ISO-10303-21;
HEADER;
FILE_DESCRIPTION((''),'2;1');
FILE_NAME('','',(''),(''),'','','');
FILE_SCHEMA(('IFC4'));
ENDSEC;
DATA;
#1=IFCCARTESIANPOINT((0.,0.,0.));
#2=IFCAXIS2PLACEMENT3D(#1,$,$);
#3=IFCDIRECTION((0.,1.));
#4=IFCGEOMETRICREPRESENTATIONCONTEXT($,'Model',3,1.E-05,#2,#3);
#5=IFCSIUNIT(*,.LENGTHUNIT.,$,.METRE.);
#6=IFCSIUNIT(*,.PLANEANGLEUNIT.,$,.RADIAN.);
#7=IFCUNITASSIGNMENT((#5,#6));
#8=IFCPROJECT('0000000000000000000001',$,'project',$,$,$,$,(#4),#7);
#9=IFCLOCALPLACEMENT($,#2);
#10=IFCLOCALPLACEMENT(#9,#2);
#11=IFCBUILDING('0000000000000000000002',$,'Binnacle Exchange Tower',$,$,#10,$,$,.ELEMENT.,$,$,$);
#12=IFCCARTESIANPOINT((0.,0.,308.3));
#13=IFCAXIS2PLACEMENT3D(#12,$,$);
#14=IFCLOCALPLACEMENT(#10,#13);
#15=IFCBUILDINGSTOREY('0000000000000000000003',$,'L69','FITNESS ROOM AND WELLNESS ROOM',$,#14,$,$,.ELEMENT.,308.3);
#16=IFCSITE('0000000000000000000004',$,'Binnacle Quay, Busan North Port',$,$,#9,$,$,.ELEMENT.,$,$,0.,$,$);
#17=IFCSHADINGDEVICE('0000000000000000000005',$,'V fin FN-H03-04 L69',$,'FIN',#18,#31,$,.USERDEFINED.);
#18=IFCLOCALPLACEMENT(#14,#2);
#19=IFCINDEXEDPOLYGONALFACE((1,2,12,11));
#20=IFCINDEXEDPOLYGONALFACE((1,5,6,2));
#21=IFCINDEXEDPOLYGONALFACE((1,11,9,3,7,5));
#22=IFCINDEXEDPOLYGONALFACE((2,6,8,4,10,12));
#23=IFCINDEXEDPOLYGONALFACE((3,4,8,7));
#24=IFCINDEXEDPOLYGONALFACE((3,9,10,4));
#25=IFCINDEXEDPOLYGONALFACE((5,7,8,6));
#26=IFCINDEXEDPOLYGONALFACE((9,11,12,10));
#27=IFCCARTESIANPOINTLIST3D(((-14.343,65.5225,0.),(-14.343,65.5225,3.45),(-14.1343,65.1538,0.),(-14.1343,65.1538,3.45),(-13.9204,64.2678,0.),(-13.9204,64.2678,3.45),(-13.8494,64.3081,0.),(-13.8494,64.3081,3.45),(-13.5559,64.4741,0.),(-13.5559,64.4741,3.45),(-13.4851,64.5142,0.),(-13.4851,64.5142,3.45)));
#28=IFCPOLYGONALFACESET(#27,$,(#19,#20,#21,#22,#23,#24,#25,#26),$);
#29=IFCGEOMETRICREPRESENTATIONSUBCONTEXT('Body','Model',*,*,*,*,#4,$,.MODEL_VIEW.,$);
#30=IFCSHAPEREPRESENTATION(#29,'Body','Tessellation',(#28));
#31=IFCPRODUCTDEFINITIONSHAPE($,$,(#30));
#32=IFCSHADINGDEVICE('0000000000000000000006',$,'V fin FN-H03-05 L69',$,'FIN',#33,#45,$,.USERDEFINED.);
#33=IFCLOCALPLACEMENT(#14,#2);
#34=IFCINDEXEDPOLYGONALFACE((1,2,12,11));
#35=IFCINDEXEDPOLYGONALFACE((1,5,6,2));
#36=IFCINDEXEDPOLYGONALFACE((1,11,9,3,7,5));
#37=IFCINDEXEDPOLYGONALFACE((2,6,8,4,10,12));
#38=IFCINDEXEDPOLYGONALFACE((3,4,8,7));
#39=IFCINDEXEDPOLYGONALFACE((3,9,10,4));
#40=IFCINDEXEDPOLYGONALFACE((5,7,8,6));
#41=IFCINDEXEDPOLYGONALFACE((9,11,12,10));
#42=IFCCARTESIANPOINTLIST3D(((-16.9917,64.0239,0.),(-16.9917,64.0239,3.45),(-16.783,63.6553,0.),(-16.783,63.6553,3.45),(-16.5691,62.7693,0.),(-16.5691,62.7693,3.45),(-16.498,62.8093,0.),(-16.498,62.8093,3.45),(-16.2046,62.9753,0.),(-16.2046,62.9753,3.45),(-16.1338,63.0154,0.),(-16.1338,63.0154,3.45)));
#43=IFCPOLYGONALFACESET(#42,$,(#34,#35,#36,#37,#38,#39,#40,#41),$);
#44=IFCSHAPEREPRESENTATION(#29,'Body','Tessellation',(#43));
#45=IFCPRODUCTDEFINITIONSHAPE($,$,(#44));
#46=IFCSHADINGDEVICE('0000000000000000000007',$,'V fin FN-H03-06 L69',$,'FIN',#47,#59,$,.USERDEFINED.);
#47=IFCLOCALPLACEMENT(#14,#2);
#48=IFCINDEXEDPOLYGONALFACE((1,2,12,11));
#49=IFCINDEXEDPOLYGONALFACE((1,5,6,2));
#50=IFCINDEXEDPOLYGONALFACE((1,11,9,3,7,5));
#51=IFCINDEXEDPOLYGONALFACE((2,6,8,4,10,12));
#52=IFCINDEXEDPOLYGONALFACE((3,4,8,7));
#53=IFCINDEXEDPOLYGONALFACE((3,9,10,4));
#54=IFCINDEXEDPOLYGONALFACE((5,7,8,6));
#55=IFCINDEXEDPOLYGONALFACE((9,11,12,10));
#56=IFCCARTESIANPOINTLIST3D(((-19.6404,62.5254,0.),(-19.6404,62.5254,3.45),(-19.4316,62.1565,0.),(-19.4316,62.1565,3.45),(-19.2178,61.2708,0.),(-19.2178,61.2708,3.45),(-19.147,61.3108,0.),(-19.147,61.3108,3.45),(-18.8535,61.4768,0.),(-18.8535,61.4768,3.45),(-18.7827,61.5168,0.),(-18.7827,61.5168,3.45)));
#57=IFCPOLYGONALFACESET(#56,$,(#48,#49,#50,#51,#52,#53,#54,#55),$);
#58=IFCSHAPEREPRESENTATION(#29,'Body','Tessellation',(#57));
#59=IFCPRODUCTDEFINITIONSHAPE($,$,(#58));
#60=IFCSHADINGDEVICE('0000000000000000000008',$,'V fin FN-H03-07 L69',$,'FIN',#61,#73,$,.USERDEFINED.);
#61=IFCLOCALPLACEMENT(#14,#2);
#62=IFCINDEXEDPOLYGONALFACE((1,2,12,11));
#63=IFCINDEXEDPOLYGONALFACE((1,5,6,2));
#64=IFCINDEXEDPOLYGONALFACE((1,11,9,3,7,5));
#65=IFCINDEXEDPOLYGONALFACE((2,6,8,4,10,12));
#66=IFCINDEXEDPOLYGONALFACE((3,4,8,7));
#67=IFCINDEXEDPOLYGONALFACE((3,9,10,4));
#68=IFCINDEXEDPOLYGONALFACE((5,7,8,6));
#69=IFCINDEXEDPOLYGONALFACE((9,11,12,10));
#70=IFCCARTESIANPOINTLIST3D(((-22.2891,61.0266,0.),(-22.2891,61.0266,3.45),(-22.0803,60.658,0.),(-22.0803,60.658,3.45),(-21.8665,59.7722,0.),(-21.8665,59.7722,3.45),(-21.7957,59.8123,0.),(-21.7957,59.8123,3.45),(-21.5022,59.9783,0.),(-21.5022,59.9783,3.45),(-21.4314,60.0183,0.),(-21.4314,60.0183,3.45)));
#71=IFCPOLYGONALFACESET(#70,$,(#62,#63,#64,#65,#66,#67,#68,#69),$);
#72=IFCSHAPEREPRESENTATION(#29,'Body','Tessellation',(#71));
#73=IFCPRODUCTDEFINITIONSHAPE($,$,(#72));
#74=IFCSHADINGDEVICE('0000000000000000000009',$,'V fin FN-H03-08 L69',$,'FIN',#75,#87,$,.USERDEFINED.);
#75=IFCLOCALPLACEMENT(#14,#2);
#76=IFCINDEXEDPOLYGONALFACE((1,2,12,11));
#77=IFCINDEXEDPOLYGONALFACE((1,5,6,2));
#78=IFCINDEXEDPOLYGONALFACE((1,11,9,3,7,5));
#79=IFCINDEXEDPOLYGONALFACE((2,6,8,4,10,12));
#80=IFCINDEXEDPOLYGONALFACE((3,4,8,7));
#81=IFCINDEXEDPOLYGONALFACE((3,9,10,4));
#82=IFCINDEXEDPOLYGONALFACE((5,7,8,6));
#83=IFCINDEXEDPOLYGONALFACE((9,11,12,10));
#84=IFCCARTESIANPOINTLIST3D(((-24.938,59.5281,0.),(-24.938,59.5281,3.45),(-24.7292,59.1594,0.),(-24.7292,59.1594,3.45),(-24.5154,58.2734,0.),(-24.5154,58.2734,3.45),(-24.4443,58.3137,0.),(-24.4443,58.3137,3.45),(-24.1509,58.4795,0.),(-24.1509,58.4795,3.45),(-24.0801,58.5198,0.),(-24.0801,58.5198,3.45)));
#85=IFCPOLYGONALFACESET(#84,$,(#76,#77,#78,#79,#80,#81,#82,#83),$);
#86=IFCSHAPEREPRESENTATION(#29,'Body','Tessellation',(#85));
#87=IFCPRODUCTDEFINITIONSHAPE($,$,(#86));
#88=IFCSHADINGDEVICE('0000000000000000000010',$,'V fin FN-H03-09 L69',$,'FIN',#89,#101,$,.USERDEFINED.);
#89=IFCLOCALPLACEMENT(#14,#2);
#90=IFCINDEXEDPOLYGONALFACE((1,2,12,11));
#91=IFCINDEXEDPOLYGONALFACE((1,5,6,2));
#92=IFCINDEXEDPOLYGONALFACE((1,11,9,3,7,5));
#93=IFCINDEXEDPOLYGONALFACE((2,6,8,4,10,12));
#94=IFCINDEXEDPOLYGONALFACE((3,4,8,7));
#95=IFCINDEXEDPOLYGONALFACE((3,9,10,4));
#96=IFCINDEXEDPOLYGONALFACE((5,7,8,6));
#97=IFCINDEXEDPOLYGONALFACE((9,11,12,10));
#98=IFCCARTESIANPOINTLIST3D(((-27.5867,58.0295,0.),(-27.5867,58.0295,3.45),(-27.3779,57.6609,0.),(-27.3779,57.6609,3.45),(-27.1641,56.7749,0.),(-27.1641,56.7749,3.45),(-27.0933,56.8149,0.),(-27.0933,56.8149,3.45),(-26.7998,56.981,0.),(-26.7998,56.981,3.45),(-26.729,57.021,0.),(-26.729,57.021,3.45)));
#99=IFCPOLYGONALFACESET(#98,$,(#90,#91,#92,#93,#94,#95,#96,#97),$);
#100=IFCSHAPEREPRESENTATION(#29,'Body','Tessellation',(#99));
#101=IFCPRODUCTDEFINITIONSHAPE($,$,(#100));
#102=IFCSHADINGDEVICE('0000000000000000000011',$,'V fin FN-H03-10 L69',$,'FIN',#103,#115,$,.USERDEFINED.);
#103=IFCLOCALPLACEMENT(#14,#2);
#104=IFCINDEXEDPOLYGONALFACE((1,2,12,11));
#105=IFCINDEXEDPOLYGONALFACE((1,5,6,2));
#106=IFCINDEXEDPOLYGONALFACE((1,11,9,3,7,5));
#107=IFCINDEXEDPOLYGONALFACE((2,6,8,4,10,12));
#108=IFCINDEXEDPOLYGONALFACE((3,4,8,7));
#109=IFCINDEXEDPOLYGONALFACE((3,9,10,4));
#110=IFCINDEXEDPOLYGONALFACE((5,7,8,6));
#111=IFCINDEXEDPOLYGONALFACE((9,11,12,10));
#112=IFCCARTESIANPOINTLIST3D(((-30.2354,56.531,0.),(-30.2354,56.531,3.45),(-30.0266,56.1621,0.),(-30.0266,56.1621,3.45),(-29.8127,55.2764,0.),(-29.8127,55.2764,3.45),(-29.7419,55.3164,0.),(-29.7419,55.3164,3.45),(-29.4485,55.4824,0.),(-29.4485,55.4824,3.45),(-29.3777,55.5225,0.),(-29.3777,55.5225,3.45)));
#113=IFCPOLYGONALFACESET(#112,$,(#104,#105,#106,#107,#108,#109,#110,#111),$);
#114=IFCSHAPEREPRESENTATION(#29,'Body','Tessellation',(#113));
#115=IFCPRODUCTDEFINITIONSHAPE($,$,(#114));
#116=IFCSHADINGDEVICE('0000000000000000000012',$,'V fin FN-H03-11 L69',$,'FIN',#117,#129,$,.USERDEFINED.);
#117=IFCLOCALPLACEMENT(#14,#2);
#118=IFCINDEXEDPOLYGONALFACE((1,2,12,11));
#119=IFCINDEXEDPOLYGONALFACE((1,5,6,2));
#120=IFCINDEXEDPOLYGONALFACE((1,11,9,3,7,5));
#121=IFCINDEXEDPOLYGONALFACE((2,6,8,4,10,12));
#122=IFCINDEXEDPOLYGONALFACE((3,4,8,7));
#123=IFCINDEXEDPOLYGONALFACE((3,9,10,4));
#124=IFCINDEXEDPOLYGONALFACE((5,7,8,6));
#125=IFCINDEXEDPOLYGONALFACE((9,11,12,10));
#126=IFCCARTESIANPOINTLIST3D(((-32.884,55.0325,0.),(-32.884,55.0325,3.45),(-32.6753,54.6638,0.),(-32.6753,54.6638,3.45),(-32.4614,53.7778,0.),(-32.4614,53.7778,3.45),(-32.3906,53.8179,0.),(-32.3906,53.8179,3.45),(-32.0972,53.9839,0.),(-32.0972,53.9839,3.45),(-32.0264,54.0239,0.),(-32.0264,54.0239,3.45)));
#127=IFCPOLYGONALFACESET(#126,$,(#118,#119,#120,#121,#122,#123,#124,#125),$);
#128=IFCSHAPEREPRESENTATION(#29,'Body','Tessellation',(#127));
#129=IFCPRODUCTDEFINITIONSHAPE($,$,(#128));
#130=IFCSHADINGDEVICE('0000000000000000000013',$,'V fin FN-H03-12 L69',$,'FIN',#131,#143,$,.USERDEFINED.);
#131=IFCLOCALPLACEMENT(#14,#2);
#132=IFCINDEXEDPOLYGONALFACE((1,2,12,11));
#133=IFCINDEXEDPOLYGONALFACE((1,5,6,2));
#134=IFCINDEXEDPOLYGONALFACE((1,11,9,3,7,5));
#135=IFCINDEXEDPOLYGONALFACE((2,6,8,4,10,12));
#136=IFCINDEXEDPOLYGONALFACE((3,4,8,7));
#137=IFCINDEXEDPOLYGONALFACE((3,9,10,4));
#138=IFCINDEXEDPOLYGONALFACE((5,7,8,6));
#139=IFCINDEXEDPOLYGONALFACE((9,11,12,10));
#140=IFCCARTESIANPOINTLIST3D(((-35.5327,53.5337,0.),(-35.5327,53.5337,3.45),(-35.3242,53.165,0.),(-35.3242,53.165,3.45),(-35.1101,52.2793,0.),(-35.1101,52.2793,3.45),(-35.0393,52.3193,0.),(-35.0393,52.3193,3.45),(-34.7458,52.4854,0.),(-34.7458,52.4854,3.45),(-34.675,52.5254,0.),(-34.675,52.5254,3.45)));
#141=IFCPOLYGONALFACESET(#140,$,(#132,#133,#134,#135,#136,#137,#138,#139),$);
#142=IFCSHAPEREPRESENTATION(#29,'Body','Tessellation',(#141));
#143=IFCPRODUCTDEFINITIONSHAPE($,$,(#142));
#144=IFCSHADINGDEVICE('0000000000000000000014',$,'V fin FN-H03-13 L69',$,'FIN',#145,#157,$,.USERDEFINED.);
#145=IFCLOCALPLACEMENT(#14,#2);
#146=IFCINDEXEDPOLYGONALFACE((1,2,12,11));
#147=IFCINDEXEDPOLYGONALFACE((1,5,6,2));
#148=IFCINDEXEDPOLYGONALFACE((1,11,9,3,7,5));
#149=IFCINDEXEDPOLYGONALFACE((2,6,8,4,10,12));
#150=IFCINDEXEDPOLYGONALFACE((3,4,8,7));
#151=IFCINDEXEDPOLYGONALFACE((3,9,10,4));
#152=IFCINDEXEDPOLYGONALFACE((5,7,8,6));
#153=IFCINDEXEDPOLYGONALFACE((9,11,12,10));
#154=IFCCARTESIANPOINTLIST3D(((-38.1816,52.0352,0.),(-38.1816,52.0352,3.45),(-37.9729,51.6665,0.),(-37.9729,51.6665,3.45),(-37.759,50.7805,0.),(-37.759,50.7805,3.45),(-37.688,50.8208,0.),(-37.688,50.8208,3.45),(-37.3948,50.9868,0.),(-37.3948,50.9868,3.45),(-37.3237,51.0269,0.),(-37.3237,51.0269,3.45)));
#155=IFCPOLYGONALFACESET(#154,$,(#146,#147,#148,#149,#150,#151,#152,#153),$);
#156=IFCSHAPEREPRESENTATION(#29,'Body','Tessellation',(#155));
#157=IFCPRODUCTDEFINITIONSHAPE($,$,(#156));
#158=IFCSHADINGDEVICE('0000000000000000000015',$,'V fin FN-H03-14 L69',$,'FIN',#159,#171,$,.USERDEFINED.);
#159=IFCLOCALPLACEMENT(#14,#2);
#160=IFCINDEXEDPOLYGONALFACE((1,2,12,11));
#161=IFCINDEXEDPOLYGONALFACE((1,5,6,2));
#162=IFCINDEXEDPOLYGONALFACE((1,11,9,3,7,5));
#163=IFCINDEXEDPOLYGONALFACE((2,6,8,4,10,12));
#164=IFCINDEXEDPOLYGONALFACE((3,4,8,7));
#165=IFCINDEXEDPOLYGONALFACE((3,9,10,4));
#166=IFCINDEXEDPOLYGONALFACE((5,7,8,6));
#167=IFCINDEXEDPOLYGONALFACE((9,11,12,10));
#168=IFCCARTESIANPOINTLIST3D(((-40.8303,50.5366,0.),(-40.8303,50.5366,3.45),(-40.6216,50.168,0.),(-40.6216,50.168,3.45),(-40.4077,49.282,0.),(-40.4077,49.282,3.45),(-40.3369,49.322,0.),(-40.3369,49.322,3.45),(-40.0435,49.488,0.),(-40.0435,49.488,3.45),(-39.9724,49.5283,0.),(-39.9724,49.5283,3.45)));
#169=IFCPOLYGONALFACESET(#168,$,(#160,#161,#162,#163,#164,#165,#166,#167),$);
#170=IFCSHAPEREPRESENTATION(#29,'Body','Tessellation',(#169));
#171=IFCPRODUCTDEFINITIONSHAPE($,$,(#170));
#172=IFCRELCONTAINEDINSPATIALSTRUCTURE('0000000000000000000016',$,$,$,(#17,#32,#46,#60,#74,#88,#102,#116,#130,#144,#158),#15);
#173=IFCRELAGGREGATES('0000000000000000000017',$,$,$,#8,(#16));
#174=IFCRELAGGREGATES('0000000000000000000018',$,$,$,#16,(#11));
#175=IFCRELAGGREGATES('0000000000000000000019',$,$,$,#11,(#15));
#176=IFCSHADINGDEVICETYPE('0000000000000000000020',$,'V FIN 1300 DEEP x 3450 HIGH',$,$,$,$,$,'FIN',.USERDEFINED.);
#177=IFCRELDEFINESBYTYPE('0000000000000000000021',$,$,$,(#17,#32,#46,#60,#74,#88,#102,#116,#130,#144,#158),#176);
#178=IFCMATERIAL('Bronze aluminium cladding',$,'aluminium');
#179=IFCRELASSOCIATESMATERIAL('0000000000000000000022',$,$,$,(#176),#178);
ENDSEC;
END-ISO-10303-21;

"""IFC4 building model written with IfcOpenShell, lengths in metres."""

from ifc_helpers import new_model, si_unit, direction, frame, origin, place, context, subcontext, project, spatial, polyline, outline, extrude, material, type_object, element, save


model = new_model("IFC4")

# Units and contexts
model_context = context("Model", 3, precision=1e-05, world=origin(), true_north=direction((0.0, 1.0)))
body_context = subcontext(model_context, "Body", "Model", "MODEL_VIEW")
ifc_project = project(units=[si_unit("LENGTHUNIT", "METRE"), si_unit("PLANEANGLEUNIT", "RADIAN")], contexts=[model_context])

# Site, building, storey
site_placement = place(None, origin())
site = spatial("IfcSite", under=ifc_project, at=site_placement, Name="Binnacle Quay, Busan North Port", CompositionType="ELEMENT", RefElevation=0.0)
building_placement = place(site_placement, origin())
building = spatial("IfcBuilding", under=site, at=building_placement, Name="Binnacle Exchange Tower", CompositionType="ELEMENT")
storey_placement = place(building_placement, frame((0.0, 0.0, 308.3)))
storey = spatial("IfcBuildingStorey", under=building, at=storey_placement, Name="L69", Description="FITNESS ROOM AND WELLNESS ROOM", CompositionType="ELEMENT", Elevation=308.3)

# Shading devices
ifc_material_1 = material(Name="Bronze aluminium cladding", Category="aluminium")
shading_device_type = type_object("IfcShadingDeviceType", Name="V FIN 1300 DEEP x 3450 HIGH", ElementType="FIN", PredefinedType="USERDEFINED", material=ifc_material_1)
shading_device_1_placement = place(storey_placement, origin())
element("IfcShadingDevice", 1, at=shading_device_1_placement, inside=storey, type_object=shading_device_type, Name="V fin FN-H03-04 L69", ObjectType="FIN", PredefinedType="USERDEFINED", context=body_context, shape_type="SweptSolid", body=[
    extrude(outline(polyline([(-13.4851, 64.5142), (-14.343, 65.5225), (-13.9204, 64.2678), (-13.8494, 64.3081), (-14.1343, 65.1538), (-13.5559, 64.4741), (-13.4851, 64.5142)])), origin(), (0.0, 0.0, 1.0), 3.45),
])
shading_device_2_placement = place(storey_placement, origin())
element("IfcShadingDevice", 2, at=shading_device_2_placement, inside=storey, type_object=shading_device_type, Name="V fin FN-H03-05 L69", ObjectType="FIN", PredefinedType="USERDEFINED", context=body_context, shape_type="SweptSolid", body=[
    extrude(outline(polyline([(-16.1338, 63.0154), (-16.9917, 64.0239), (-16.5691, 62.7693), (-16.498, 62.8093), (-16.783, 63.6553), (-16.2046, 62.9753), (-16.1338, 63.0154)])), origin(), (0.0, 0.0, 1.0), 3.45),
])
shading_device_3_placement = place(storey_placement, origin())
element("IfcShadingDevice", 3, at=shading_device_3_placement, inside=storey, type_object=shading_device_type, Name="V fin FN-H03-06 L69", ObjectType="FIN", PredefinedType="USERDEFINED", context=body_context, shape_type="SweptSolid", body=[
    extrude(outline(polyline([(-18.7827, 61.5168), (-19.6404, 62.5254), (-19.2178, 61.2708), (-19.147, 61.3108), (-19.4316, 62.1565), (-18.8535, 61.4768), (-18.7827, 61.5168)])), origin(), (0.0, 0.0, 1.0), 3.45),
])
shading_device_4_placement = place(storey_placement, origin())
element("IfcShadingDevice", 4, at=shading_device_4_placement, inside=storey, type_object=shading_device_type, Name="V fin FN-H03-07 L69", ObjectType="FIN", PredefinedType="USERDEFINED", context=body_context, shape_type="SweptSolid", body=[
    extrude(outline(polyline([(-21.4314, 60.0183), (-22.2891, 61.0266), (-21.8665, 59.7722), (-21.7957, 59.8123), (-22.0803, 60.658), (-21.5022, 59.9783), (-21.4314, 60.0183)])), origin(), (0.0, 0.0, 1.0), 3.45),
])
shading_device_5_placement = place(storey_placement, origin())
element("IfcShadingDevice", 5, at=shading_device_5_placement, inside=storey, type_object=shading_device_type, Name="V fin FN-H03-08 L69", ObjectType="FIN", PredefinedType="USERDEFINED", context=body_context, shape_type="SweptSolid", body=[
    extrude(outline(polyline([(-24.0801, 58.5198), (-24.938, 59.5281), (-24.5154, 58.2734), (-24.4443, 58.3137), (-24.7292, 59.1594), (-24.1509, 58.4795), (-24.0801, 58.5198)])), origin(), (0.0, 0.0, 1.0), 3.45),
])
shading_device_6_placement = place(storey_placement, origin())
element("IfcShadingDevice", 6, at=shading_device_6_placement, inside=storey, type_object=shading_device_type, Name="V fin FN-H03-09 L69", ObjectType="FIN", PredefinedType="USERDEFINED", context=body_context, shape_type="SweptSolid", body=[
    extrude(outline(polyline([(-26.729, 57.021), (-27.5867, 58.0295), (-27.1641, 56.7749), (-27.0933, 56.8149), (-27.3779, 57.6609), (-26.7998, 56.981), (-26.729, 57.021)])), origin(), (0.0, 0.0, 1.0), 3.45),
])
shading_device_7_placement = place(storey_placement, origin())
element("IfcShadingDevice", 7, at=shading_device_7_placement, inside=storey, type_object=shading_device_type, Name="V fin FN-H03-10 L69", ObjectType="FIN", PredefinedType="USERDEFINED", context=body_context, shape_type="SweptSolid", body=[
    extrude(outline(polyline([(-29.3777, 55.5225), (-30.2354, 56.531), (-29.8127, 55.2764), (-29.7419, 55.3164), (-30.0266, 56.1621), (-29.4485, 55.4824), (-29.3777, 55.5225)])), origin(), (0.0, 0.0, 1.0), 3.45),
])
shading_device_8_placement = place(storey_placement, origin())
element("IfcShadingDevice", 8, at=shading_device_8_placement, inside=storey, type_object=shading_device_type, Name="V fin FN-H03-11 L69", ObjectType="FIN", PredefinedType="USERDEFINED", context=body_context, shape_type="SweptSolid", body=[
    extrude(outline(polyline([(-32.0264, 54.0239), (-32.884, 55.0325), (-32.4614, 53.7778), (-32.3906, 53.8179), (-32.6753, 54.6638), (-32.0972, 53.9839), (-32.0264, 54.0239)])), origin(), (0.0, 0.0, 1.0), 3.45),
])
shading_device_9_placement = place(storey_placement, origin())
element("IfcShadingDevice", 9, at=shading_device_9_placement, inside=storey, type_object=shading_device_type, Name="V fin FN-H03-12 L69", ObjectType="FIN", PredefinedType="USERDEFINED", context=body_context, shape_type="SweptSolid", body=[
    extrude(outline(polyline([(-34.675, 52.5254), (-35.5327, 53.5337), (-35.1101, 52.2793), (-35.0393, 52.3193), (-35.3242, 53.165), (-34.7458, 52.4854), (-34.675, 52.5254)])), origin(), (0.0, 0.0, 1.0), 3.45),
])
shading_device_10_placement = place(storey_placement, origin())
element("IfcShadingDevice", 10, at=shading_device_10_placement, inside=storey, type_object=shading_device_type, Name="V fin FN-H03-13 L69", ObjectType="FIN", PredefinedType="USERDEFINED", context=body_context, shape_type="SweptSolid", body=[
    extrude(outline(polyline([(-37.3237, 51.0269), (-38.1816, 52.0352), (-37.759, 50.7805), (-37.688, 50.8208), (-37.9729, 51.6665), (-37.3948, 50.9868), (-37.3237, 51.0269)])), origin(), (0.0, 0.0, 1.0), 3.45),
])
shading_device_11_placement = place(storey_placement, origin())
element("IfcShadingDevice", 11, at=shading_device_11_placement, inside=storey, type_object=shading_device_type, Name="V fin FN-H03-14 L69", ObjectType="FIN", PredefinedType="USERDEFINED", context=body_context, shape_type="SweptSolid", body=[
    extrude(outline(polyline([(-39.9724, 49.5283), (-40.8303, 50.5366), (-40.4077, 49.282), (-40.3369, 49.322), (-40.6216, 50.168), (-40.0435, 49.488), (-39.9724, 49.5283)])), origin(), (0.0, 0.0, 1.0), 3.45),
])

save(model, "model.ifc")
